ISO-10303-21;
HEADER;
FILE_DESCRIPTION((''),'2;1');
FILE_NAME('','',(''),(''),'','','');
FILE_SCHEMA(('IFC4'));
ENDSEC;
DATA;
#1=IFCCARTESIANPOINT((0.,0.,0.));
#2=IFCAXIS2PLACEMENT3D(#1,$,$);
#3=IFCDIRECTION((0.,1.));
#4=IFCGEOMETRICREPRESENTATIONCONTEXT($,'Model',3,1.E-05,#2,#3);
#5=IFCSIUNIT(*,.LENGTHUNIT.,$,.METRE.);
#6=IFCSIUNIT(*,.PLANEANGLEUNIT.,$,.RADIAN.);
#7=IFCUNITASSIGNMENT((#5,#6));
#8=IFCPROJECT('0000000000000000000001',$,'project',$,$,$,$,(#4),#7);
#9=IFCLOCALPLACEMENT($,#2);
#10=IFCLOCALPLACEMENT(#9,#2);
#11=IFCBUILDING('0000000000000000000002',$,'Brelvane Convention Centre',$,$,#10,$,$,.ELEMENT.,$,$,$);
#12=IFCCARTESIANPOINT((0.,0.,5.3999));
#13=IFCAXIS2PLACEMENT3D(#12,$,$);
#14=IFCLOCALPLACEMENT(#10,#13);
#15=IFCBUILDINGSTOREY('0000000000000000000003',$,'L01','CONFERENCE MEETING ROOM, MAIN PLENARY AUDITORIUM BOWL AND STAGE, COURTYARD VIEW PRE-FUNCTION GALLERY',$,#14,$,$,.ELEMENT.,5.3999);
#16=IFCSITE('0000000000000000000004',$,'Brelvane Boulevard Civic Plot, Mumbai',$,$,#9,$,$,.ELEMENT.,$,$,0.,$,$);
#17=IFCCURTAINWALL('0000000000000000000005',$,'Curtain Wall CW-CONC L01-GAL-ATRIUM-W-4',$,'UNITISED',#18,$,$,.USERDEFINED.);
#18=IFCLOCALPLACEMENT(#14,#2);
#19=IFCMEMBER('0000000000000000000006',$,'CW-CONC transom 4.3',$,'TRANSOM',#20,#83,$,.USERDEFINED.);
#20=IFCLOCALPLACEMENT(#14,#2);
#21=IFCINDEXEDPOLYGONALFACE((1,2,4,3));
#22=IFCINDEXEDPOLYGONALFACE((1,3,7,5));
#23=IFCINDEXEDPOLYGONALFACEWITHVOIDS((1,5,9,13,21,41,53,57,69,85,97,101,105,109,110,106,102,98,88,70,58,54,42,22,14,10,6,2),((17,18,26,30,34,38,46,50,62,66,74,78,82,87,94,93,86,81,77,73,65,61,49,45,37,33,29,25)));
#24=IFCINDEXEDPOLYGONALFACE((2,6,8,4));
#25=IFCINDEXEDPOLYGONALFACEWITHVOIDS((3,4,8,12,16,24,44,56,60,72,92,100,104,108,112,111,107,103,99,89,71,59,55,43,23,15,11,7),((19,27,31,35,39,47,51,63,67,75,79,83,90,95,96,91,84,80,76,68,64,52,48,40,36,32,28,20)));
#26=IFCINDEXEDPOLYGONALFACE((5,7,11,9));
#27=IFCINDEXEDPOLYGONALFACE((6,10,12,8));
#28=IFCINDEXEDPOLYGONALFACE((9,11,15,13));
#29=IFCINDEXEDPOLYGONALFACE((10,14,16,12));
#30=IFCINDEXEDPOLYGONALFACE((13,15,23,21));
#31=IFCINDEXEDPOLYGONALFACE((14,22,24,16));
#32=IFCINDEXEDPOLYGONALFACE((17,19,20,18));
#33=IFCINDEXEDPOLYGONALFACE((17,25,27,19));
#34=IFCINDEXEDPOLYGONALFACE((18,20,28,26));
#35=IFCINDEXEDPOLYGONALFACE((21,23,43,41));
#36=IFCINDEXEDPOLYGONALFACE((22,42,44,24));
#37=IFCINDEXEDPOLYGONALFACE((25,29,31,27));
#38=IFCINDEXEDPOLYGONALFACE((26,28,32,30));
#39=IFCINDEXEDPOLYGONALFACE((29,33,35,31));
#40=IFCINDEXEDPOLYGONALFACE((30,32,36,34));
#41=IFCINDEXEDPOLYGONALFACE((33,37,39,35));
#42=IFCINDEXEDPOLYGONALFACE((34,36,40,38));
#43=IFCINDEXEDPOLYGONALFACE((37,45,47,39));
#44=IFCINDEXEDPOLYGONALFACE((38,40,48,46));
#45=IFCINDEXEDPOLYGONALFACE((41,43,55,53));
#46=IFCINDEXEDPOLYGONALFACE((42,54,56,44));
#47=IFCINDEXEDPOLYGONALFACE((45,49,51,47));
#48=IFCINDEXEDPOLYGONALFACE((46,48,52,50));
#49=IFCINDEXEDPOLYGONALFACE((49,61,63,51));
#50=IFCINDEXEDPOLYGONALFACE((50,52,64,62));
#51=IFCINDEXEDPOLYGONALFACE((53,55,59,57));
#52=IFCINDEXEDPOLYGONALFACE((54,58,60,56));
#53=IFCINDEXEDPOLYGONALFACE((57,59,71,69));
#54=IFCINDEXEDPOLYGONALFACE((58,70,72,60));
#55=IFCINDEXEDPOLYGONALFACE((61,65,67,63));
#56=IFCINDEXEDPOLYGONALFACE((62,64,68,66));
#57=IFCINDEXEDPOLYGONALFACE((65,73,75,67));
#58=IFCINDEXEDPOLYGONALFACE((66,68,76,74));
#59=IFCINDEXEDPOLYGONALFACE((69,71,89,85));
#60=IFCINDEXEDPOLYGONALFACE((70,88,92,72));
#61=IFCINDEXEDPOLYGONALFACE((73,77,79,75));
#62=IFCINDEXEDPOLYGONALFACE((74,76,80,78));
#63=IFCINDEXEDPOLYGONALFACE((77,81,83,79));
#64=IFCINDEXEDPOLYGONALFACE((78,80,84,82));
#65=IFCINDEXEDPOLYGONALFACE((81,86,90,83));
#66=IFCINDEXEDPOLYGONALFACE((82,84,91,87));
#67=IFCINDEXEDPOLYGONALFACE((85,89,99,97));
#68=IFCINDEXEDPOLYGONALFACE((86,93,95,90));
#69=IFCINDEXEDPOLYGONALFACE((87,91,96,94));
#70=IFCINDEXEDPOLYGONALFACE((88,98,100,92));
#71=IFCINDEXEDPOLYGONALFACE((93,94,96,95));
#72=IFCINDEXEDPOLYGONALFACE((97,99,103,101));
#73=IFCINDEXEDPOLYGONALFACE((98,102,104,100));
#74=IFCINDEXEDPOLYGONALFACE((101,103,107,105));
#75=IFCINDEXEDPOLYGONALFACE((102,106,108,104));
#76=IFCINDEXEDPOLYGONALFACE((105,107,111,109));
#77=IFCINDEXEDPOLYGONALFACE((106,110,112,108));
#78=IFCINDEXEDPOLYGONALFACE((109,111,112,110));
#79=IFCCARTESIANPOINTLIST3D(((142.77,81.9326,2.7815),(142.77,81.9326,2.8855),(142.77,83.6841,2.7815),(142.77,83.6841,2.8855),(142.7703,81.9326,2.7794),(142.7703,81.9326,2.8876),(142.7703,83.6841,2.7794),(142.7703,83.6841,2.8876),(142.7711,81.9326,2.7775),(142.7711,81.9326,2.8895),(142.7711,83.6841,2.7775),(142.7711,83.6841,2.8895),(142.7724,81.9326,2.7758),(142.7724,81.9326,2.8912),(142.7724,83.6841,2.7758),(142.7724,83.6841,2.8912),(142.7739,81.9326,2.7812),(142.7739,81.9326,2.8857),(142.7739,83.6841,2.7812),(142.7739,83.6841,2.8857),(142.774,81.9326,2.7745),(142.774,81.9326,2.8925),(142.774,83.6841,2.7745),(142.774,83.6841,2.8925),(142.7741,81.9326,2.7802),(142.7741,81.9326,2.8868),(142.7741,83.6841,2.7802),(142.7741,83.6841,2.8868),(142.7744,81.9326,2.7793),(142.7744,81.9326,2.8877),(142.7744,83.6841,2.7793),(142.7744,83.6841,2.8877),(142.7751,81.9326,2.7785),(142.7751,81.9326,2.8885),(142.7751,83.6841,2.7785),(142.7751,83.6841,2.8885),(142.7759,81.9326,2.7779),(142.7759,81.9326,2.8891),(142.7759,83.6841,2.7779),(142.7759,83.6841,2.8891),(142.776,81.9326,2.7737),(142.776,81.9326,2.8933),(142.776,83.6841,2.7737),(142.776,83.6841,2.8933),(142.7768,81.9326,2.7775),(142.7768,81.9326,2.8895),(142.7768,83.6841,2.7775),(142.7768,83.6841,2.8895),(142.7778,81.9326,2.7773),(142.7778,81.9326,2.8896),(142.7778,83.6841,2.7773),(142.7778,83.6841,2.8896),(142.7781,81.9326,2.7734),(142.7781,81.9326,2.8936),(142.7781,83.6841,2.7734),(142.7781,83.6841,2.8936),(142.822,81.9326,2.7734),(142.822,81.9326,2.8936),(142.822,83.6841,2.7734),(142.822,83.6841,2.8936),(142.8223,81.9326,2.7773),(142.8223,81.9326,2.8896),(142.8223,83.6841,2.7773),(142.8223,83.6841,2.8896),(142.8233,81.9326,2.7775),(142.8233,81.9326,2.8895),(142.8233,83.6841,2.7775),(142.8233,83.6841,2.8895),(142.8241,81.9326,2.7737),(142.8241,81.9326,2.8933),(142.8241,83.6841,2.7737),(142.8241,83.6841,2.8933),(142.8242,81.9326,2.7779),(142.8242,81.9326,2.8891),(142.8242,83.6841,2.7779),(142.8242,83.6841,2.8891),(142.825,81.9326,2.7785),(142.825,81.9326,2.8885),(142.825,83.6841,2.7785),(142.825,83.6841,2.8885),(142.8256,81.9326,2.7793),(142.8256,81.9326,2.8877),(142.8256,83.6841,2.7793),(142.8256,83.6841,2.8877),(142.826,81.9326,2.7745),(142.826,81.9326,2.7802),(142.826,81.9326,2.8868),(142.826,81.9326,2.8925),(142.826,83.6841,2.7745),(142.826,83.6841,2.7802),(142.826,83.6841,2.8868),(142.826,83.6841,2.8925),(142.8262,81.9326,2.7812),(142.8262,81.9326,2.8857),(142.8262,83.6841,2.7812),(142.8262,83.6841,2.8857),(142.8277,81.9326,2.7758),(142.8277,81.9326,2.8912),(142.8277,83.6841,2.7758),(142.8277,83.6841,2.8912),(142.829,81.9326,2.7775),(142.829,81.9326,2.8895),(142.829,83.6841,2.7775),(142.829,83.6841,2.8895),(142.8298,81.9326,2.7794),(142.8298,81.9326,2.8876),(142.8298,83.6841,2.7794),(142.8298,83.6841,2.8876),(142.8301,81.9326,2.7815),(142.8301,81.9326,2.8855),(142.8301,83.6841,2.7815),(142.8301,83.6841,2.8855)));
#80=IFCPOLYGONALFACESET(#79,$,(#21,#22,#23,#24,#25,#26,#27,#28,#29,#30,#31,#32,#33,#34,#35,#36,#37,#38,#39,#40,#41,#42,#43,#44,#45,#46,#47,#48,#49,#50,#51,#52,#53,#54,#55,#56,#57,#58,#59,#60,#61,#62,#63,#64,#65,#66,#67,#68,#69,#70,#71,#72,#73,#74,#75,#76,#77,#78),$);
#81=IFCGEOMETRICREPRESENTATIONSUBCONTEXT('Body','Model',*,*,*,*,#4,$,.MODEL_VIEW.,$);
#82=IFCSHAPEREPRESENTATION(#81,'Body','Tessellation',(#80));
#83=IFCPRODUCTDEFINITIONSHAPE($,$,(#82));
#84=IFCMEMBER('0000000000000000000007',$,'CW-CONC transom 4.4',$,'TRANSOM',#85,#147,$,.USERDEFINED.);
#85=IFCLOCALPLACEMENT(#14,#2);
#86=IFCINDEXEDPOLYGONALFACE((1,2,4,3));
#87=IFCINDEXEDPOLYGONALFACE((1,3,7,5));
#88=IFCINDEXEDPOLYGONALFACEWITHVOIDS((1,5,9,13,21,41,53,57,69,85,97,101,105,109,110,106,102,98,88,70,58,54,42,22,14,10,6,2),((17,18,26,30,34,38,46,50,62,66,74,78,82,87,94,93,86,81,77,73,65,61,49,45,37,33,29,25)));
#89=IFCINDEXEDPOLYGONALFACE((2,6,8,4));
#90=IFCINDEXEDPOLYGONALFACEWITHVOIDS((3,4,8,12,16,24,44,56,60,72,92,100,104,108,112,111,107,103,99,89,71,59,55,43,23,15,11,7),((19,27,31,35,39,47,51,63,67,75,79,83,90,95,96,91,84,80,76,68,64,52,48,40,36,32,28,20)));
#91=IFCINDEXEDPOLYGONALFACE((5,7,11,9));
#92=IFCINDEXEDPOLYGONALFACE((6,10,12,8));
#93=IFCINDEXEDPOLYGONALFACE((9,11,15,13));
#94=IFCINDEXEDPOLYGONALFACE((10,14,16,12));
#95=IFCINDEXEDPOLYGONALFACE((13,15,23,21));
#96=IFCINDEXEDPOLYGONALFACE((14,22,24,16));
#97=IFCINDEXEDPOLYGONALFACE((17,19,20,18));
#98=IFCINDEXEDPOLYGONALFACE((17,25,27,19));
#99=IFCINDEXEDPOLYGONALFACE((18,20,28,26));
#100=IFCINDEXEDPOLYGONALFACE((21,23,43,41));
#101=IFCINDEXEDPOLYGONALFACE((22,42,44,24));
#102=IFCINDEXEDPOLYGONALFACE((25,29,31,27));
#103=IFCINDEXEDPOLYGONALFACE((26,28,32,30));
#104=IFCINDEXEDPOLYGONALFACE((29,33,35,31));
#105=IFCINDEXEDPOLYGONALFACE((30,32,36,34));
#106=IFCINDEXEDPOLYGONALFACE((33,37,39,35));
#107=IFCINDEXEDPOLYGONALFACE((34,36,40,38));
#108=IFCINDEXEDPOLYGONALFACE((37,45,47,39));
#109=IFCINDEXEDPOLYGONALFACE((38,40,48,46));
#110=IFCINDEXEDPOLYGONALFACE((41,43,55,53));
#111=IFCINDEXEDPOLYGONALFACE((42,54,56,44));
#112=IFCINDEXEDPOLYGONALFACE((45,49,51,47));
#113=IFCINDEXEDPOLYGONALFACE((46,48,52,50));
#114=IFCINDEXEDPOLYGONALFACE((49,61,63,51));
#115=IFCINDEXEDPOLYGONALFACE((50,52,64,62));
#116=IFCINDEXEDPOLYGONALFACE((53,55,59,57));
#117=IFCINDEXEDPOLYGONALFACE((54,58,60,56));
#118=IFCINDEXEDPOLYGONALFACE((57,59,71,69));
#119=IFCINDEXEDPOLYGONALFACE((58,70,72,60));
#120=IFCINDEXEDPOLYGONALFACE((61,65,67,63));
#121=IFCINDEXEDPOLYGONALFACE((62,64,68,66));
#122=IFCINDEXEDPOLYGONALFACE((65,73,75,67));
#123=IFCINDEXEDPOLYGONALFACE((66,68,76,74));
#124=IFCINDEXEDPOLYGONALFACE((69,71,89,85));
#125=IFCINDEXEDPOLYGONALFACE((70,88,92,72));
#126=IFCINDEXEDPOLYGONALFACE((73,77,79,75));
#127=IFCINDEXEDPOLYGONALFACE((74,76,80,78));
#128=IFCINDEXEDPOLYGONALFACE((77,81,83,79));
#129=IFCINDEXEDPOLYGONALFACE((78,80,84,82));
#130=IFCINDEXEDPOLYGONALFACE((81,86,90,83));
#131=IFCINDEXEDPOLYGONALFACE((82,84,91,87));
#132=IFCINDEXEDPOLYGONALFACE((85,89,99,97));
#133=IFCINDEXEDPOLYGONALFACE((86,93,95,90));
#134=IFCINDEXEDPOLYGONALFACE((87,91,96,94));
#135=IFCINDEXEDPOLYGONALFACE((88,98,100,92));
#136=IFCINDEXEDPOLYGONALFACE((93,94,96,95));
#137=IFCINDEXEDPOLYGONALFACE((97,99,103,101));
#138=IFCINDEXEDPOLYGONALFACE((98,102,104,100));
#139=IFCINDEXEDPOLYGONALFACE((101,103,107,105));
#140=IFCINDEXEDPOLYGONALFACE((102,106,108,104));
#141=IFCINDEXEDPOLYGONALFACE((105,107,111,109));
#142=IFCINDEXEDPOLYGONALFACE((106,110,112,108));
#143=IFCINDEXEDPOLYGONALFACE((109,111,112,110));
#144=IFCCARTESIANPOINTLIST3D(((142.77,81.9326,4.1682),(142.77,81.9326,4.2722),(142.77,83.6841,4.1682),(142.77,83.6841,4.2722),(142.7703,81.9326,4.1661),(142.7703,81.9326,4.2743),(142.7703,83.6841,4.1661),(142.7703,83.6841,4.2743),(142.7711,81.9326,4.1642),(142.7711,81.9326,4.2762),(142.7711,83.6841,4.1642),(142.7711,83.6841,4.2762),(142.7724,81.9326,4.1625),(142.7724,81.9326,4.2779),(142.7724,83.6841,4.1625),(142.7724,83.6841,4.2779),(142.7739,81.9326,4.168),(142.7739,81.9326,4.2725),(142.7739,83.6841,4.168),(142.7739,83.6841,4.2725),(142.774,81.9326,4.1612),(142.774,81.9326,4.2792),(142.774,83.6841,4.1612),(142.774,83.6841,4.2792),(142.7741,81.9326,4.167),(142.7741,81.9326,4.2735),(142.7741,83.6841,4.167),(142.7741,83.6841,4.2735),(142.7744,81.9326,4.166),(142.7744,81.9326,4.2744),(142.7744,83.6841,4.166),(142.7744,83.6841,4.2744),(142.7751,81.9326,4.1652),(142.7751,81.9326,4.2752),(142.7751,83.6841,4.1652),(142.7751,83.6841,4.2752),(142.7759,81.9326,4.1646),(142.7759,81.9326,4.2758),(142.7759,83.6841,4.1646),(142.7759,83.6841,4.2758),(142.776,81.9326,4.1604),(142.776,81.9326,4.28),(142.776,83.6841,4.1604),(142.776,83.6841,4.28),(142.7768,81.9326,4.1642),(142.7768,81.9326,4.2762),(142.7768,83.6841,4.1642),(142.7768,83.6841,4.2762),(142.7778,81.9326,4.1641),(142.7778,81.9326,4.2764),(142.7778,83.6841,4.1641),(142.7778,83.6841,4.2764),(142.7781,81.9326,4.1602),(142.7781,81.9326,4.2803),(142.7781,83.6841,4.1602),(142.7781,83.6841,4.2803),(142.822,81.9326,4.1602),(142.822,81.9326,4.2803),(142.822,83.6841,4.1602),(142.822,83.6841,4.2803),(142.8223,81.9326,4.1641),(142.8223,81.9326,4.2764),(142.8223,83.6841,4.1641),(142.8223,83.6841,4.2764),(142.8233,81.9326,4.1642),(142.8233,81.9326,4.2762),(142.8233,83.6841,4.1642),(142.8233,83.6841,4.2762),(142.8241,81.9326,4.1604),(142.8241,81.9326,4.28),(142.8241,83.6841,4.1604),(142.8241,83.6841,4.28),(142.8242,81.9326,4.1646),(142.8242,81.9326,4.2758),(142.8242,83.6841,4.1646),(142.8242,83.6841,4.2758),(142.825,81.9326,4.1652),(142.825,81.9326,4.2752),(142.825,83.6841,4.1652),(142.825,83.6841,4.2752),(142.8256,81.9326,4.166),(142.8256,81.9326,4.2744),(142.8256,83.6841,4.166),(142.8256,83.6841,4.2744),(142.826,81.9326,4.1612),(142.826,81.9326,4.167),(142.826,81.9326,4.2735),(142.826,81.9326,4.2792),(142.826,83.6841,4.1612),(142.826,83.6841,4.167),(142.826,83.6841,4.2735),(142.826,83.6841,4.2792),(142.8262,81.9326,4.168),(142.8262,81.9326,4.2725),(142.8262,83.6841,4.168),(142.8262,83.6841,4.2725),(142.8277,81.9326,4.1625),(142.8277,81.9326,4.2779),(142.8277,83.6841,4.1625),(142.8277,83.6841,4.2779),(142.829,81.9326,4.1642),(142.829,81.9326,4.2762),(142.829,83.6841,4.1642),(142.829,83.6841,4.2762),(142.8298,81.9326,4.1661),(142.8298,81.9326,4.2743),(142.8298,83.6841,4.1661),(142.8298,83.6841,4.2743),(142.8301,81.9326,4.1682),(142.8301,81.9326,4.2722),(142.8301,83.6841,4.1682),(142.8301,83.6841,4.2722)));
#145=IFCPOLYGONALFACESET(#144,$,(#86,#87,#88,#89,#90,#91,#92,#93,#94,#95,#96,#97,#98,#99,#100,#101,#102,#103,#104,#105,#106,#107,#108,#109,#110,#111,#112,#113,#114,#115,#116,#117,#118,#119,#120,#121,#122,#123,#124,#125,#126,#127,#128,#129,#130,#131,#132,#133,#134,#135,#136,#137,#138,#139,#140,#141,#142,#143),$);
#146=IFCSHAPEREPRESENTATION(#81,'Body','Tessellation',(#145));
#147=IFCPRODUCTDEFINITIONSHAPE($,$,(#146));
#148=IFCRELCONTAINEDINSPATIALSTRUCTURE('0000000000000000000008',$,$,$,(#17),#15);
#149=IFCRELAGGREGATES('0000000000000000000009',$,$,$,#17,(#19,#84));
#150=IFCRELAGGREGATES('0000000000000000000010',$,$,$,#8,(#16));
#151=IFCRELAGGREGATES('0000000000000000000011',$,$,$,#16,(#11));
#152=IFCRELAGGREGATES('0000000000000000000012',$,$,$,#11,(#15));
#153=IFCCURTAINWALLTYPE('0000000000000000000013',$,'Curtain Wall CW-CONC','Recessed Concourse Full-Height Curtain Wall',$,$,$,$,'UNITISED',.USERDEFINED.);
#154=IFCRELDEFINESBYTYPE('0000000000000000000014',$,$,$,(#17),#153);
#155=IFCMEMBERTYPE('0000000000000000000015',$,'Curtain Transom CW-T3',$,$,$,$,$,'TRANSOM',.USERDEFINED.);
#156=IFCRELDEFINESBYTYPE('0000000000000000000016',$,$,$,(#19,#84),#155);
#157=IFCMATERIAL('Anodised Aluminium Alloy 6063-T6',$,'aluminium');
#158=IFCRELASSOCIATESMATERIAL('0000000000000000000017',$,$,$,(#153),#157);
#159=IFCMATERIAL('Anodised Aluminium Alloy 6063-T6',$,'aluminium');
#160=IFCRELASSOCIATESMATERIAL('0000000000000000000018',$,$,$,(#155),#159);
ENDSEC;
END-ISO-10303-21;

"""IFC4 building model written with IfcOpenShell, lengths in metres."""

from ifc_helpers import new_model, si_unit, direction, frame, origin, origin_2d, place, context, subcontext, project, spatial, hollow_rectangle, extrude, material, material_profile, profile_set, type_object, element, aggregate, save


model = new_model("IFC4")

# Units and contexts
model_context = context("Model", 3, precision=1e-05, world=origin(), true_north=direction((0.0, 1.0)))
body_context = subcontext(model_context, "Body", "Model", "MODEL_VIEW")
ifc_project = project(units=[si_unit("LENGTHUNIT", "METRE"), si_unit("PLANEANGLEUNIT", "RADIAN")], contexts=[model_context])

# Site, building, storey
site_placement = place(None, origin())
site = spatial("IfcSite", under=ifc_project, at=site_placement, Name="Brelvane Boulevard Civic Plot, Mumbai", CompositionType="ELEMENT", RefElevation=0.0)
building_placement = place(site_placement, origin())
building = spatial("IfcBuilding", under=site, at=building_placement, Name="Brelvane Convention Centre", CompositionType="ELEMENT")
storey_placement = place(building_placement, frame((0.0, 0.0, 5.3999)))
storey = spatial("IfcBuildingStorey", under=building, at=storey_placement, Name="L01", Description="CONFERENCE MEETING ROOM, MAIN PLENARY AUDITORIUM BOWL AND STAGE, COURTYARD VIEW PRE-FUNCTION GALLERY", CompositionType="ELEMENT", Elevation=5.3999)

# Curtain wall, members
ifc_material_1 = material(Name="Anodised Aluminium Alloy 6063-T6", Category="aluminium")
curtain_wall_type = type_object("IfcCurtainWallType", Name="Curtain Wall CW-CONC", Description="Recessed Concourse Full-Height Curtain Wall", ElementType="UNITISED", PredefinedType="USERDEFINED", material=ifc_material_1)
curtain_wall_placement = place(storey_placement, origin())
curtain_wall = element("IfcCurtainWall", 1, at=curtain_wall_placement, inside=storey, type_object=curtain_wall_type, Name="Curtain Wall CW-CONC L01-GAL-ATRIUM-W-4", ObjectType="UNITISED", PredefinedType="USERDEFINED")
ifc_material_2 = material(Name="Anodised Aluminium Alloy 6063-T6", Category="aluminium")
ifc_material_profile_1 = material_profile(ifc_material_2, hollow_rectangle(XDim=0.0601, YDim=0.1201, WallThickness=0.0039, InnerFilletRadius=0.0039, OuterFilletRadius=0.0081, at=origin_2d()), Name="ALU-T 120x60x4.0")
ifc_profile_set_1 = profile_set([ifc_material_profile_1], Name="Anodised Aluminium Alloy 6063-T6")
member_type_1 = type_object("IfcMemberType", Name="Curtain Transom CW-T3", ElementType="TRANSOM", PredefinedType="USERDEFINED", material=ifc_profile_set_1)
member_1_placement = place(storey_placement, frame((142.8, 81.9326, 2.8335), z_axis=(0.0, 1.0, 0.0), x_axis=(-1.0, 0.0, 0.0)))
member_1 = element("IfcMember", 2, at=member_1_placement, type_object=member_type_1, Name="CW-CONC transom 4.3", ObjectType="TRANSOM", PredefinedType="USERDEFINED", context=body_context, shape_type="SweptSolid", body=[
    extrude(hollow_rectangle(XDim=0.0601, YDim=0.1201, WallThickness=0.0039, InnerFilletRadius=0.0039, OuterFilletRadius=0.0081, at=origin_2d()), origin(), (0.0, 0.0, 1.0), 1.7515),
])
member_2_placement = place(storey_placement, frame((142.8, 81.9326, 4.2202), z_axis=(0.0, 1.0, 0.0), x_axis=(-1.0, 0.0, 0.0)))
member_2 = element("IfcMember", 3, at=member_2_placement, type_object=member_type_1, Name="CW-CONC transom 4.4", ObjectType="TRANSOM", PredefinedType="USERDEFINED", context=body_context, shape_type="SweptSolid", body=[
    extrude(hollow_rectangle(XDim=0.0601, YDim=0.1201, WallThickness=0.0039, InnerFilletRadius=0.0039, OuterFilletRadius=0.0081, at=origin_2d()), origin(), (0.0, 0.0, 1.0), 1.7515),
])
aggregate(curtain_wall, [member_1, member_2])

save(model, "model.ifc")
